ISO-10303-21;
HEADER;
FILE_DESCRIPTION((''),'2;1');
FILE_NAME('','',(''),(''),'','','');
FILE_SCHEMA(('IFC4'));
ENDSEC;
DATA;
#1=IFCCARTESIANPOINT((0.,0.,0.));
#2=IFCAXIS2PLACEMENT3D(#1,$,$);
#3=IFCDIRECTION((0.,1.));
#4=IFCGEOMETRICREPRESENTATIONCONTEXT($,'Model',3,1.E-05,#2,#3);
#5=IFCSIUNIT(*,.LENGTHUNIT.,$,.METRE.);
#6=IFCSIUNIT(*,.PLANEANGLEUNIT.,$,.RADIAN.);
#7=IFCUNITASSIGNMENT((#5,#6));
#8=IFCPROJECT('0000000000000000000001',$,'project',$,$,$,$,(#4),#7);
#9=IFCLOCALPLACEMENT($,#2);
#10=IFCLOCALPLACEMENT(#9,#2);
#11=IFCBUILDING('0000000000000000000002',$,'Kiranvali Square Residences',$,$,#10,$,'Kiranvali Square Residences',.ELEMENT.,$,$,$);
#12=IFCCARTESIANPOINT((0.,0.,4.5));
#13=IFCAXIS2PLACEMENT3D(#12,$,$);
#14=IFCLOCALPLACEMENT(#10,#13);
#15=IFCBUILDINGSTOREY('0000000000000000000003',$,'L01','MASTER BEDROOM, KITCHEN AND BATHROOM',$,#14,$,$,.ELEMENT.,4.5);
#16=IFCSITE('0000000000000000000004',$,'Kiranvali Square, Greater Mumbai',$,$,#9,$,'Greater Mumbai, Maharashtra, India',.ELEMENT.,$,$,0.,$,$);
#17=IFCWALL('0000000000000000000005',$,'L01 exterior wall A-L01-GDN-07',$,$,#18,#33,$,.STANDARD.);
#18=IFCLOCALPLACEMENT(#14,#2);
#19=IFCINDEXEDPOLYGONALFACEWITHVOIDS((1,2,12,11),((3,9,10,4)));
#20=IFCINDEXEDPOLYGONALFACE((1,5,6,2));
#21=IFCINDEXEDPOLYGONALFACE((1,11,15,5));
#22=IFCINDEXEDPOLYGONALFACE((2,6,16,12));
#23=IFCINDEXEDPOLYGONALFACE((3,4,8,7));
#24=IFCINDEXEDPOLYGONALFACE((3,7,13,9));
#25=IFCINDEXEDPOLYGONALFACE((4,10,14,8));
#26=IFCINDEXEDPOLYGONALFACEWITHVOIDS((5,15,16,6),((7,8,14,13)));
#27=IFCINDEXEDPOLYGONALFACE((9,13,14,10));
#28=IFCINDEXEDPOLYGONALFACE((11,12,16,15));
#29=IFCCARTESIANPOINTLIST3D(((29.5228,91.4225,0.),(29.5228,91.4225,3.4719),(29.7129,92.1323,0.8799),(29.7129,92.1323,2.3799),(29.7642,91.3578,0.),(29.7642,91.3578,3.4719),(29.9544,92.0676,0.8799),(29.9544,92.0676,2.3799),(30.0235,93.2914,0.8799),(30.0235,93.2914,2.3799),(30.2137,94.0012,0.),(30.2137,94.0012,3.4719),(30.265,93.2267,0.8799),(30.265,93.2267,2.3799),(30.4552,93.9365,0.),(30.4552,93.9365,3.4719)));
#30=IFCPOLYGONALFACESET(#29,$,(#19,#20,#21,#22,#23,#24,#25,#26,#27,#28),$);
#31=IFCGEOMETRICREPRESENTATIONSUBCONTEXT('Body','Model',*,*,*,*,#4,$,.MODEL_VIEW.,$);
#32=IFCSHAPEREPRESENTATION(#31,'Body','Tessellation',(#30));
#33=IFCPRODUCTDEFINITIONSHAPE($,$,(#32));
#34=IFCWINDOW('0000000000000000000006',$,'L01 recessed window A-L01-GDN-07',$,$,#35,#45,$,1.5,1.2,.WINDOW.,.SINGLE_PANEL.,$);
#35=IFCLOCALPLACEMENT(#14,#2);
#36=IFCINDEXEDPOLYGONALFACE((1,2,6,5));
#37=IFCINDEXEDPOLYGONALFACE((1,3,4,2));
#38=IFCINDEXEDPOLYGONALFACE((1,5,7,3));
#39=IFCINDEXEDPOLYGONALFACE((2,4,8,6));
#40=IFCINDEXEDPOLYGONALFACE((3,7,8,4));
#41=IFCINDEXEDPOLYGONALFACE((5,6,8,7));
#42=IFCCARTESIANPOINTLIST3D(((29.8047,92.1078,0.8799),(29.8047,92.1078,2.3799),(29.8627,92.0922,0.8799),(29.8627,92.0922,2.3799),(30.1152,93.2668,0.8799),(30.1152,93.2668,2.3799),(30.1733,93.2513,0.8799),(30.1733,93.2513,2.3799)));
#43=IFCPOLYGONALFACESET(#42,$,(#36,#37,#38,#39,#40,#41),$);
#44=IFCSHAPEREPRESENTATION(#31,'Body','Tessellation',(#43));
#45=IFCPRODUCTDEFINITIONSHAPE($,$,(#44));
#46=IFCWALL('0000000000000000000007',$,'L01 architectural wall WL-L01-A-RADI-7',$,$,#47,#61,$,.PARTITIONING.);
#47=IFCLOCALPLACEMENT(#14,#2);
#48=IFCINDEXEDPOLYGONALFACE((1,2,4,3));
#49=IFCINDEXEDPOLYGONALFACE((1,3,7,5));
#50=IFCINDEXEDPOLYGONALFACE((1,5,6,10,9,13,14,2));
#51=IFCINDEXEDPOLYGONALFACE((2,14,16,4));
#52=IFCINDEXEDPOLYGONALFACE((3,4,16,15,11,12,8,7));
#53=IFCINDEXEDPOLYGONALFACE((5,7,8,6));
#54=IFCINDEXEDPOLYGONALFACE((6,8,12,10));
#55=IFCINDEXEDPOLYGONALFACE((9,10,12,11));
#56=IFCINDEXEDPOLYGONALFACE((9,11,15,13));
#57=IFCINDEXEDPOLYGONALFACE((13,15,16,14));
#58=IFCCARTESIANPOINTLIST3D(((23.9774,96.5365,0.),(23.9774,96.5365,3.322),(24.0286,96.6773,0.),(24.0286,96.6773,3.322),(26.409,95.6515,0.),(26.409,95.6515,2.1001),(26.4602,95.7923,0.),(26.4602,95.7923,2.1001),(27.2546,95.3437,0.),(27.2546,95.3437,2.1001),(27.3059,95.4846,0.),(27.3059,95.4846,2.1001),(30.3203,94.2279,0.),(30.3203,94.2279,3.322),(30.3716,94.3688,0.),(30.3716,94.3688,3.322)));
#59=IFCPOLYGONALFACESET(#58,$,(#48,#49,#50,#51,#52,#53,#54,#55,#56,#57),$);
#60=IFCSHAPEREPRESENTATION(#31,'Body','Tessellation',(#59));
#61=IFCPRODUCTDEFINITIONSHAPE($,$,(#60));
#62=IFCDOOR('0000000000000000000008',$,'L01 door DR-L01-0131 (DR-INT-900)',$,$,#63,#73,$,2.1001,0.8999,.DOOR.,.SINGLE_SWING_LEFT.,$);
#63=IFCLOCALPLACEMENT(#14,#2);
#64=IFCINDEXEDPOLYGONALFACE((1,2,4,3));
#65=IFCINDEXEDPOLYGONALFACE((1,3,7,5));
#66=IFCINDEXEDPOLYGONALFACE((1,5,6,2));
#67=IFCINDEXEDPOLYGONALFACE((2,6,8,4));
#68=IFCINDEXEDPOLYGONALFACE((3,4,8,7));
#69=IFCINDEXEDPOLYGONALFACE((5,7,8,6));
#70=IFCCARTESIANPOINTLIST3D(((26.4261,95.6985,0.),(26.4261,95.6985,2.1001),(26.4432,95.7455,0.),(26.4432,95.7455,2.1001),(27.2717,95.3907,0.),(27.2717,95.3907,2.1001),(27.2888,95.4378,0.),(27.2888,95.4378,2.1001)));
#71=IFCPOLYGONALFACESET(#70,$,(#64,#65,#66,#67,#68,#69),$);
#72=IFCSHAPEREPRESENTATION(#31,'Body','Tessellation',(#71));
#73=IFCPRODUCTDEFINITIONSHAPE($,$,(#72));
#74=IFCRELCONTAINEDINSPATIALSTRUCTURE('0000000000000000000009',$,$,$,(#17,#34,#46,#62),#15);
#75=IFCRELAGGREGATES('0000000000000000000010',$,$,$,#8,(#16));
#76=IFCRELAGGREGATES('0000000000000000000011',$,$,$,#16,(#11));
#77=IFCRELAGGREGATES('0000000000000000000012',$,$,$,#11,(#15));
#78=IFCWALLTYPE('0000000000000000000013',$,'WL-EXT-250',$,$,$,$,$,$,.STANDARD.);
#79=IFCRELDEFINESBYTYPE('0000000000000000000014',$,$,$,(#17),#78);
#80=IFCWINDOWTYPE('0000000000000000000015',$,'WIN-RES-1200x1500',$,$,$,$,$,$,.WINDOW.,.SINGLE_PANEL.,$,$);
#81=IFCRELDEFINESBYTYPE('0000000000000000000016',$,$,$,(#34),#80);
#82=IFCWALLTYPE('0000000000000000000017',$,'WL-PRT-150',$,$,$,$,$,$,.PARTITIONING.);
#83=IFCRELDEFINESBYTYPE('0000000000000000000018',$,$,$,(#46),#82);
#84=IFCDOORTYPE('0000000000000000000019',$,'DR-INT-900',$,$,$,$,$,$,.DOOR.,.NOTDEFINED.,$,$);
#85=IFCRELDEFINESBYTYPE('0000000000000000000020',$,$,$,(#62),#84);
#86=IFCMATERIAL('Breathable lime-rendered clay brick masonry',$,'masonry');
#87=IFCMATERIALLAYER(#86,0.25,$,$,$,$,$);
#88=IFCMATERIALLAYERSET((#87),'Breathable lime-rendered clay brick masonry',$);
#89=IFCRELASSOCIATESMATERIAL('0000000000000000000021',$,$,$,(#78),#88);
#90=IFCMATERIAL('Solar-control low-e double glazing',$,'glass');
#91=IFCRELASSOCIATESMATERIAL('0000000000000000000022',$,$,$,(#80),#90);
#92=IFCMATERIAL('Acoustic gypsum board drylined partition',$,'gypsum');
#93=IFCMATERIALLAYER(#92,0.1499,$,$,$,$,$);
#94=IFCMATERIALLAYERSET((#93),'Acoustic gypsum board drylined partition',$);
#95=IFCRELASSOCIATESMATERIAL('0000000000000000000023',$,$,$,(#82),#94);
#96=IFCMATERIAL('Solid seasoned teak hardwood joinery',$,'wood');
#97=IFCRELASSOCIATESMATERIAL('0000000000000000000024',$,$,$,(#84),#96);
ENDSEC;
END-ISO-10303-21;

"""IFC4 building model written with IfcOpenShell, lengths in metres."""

from ifc_helpers import new_model, si_unit, direction, frame, frame_2d, origin, place, context, subcontext, project, spatial, rectangle, extrude, material, layer, layer_set, type_object, element, fill, save


model = new_model("IFC4")

# Units and contexts
model_context = context("Model", 3, precision=1e-05, world=origin(), true_north=direction((0.0, 1.0)))
body_context = subcontext(model_context, "Body", "Model", "MODEL_VIEW")
ifc_project = project(units=[si_unit("LENGTHUNIT", "METRE"), si_unit("PLANEANGLEUNIT", "RADIAN")], contexts=[model_context])

# Site, building, storey
site_placement = place(None, origin())
site = spatial("IfcSite", under=ifc_project, at=site_placement, Name="Kiranvali Square, Greater Mumbai", LongName="Greater Mumbai, Maharashtra, India", CompositionType="ELEMENT", RefElevation=0.0)
building_placement = place(site_placement, origin())
building = spatial("IfcBuilding", under=site, at=building_placement, Name="Kiranvali Square Residences", LongName="Kiranvali Square Residences", CompositionType="ELEMENT")
storey_placement = place(building_placement, frame((0.0, 0.0, 4.5)))
storey = spatial("IfcBuildingStorey", under=building, at=storey_placement, Name="L01", Description="MASTER BEDROOM, KITCHEN AND BATHROOM", CompositionType="ELEMENT", Elevation=4.5)

# Wall, opening, window
ifc_material_1 = material(Name="Breathable lime-rendered clay brick masonry", Category="masonry")
ifc_layer_1 = layer(ifc_material_1, 0.25)
ifc_layer_set_1 = layer_set([ifc_layer_1], Name="Breathable lime-rendered clay brick masonry")
wall_type_1 = type_object("IfcWallType", Name="WL-EXT-250", PredefinedType="STANDARD", material=ifc_layer_set_1)
ifc_material_2 = material(Name="Solar-control low-e double glazing", Category="glass")
wall_1_placement = place(storey_placement, frame((30.3345, 93.969, 0.0), z_axis=(0.0, 0.0, 1.0), x_axis=(-0.258812, -0.965928, 0.0)))
wall_1 = element("IfcWall", 1, at=wall_1_placement, inside=storey, type_object=wall_type_1, Name="L01 exterior wall A-L01-GDN-07", PredefinedType="STANDARD", context=body_context, shape_type="SweptSolid", body=[
    extrude(rectangle(XDim=2.6697, YDim=0.25, at=frame_2d((1.335, 0.0))), origin(), (0.0, 0.0, 1.0), 3.4719),
])
opening_1_placement = place(wall_1_placement, frame((0.7349, 0.0, 0.8799)))
opening_1 = element("IfcOpeningElement", 2, at=opening_1_placement, cuts=wall_1, PredefinedType="OPENING", context=body_context, shape_type="SweptSolid", body=[
    extrude(rectangle(XDim=1.2, YDim=1.5, at=frame_2d((0.6001, 0.75))), frame((0.0, 0.135, 0.0), z_axis=(0.0, -1.0, 0.0), x_axis=(1.0, 0.0, 0.0)), (0.0, 0.0, 1.0), 0.27),
])
window_type_1 = type_object("IfcWindowType", Name="WIN-RES-1200x1500", PartitioningType="SINGLE_PANEL", PredefinedType="WINDOW", material=ifc_material_2)
window_1_placement = place(opening_1_placement, origin())
window_1 = element("IfcWindow", 3, at=window_1_placement, inside=storey, type_object=window_type_1, Name="L01 recessed window A-L01-GDN-07", OverallHeight=1.5, OverallWidth=1.2, PartitioningType="SINGLE_PANEL", PredefinedType="WINDOW", context=body_context, shape_type="SweptSolid", body=[
    extrude(rectangle(XDim=1.2, YDim=1.5, at=frame_2d((0.6001, 0.75))), frame((0.0, 0.03, 0.0), z_axis=(0.0, -1.0, 0.0), x_axis=(1.0, 0.0, 0.0)), (0.0, 0.0, 1.0), 0.0601),
])
fill(opening_1, window_1)

# Wall, opening, door
ifc_material_3 = material(Name="Acoustic gypsum board drylined partition", Category="gypsum")
ifc_layer_2 = layer(ifc_material_3, 0.1499)
ifc_layer_set_2 = layer_set([ifc_layer_2], Name="Acoustic gypsum board drylined partition")
wall_type_2 = type_object("IfcWallType", Name="WL-PRT-150", PredefinedType="PARTITIONING", material=ifc_layer_set_2)
wall_2_placement = place(storey_placement, frame((30.3459, 94.2983, 0.0), z_axis=(0.0, 0.0, 1.0), x_axis=(-0.939696, 0.34201, 0.0)))
wall_2 = element("IfcWall", 4, at=wall_2_placement, inside=storey, type_object=wall_type_2, Name="L01 architectural wall WL-L01-A-RADI-7", PredefinedType="PARTITIONING", context=body_context, shape_type="SweptSolid", body=[
    extrude(rectangle(XDim=6.75, YDim=0.1499, at=frame_2d((3.375, 0.0))), origin(), (0.0, 0.0, 1.0), 3.322),
])
opening_2_placement = place(wall_2_placement, frame((3.2625, 0.0, 0.0)))
opening_2 = element("IfcOpeningElement", 5, at=opening_2_placement, cuts=wall_2, PredefinedType="OPENING", context=body_context, shape_type="SweptSolid", body=[
    extrude(rectangle(XDim=0.8999, YDim=2.1001, at=frame_2d((0.45, 1.05))), frame((0.0, 0.085, 0.0), z_axis=(0.0, -1.0, 0.0), x_axis=(1.0, 0.0, 0.0)), (0.0, 0.0, 1.0), 0.1699),
])
ifc_material_4 = material(Name="Solid seasoned teak hardwood joinery", Category="wood")
door_type_1 = type_object("IfcDoorType", Name="DR-INT-900", OperationType="NOTDEFINED", PredefinedType="DOOR", material=ifc_material_4)
door_1_placement = place(opening_2_placement, origin())
door_1 = element("IfcDoor", 6, at=door_1_placement, inside=storey, type_object=door_type_1, Name="L01 door DR-L01-0131 (DR-INT-900)", OperationType="SINGLE_SWING_LEFT", OverallHeight=2.1001, OverallWidth=0.8999, PredefinedType="DOOR", context=body_context, shape_type="SweptSolid", body=[
    extrude(rectangle(XDim=0.8999, YDim=2.1001, at=frame_2d((0.45, 1.05))), frame((0.0, 0.0249, 0.0), z_axis=(0.0, -1.0, 0.0), x_axis=(1.0, 0.0, 0.0)), (0.0, 0.0, 1.0), 0.05),
])
fill(opening_2, door_1)

save(model, "model.ifc")
